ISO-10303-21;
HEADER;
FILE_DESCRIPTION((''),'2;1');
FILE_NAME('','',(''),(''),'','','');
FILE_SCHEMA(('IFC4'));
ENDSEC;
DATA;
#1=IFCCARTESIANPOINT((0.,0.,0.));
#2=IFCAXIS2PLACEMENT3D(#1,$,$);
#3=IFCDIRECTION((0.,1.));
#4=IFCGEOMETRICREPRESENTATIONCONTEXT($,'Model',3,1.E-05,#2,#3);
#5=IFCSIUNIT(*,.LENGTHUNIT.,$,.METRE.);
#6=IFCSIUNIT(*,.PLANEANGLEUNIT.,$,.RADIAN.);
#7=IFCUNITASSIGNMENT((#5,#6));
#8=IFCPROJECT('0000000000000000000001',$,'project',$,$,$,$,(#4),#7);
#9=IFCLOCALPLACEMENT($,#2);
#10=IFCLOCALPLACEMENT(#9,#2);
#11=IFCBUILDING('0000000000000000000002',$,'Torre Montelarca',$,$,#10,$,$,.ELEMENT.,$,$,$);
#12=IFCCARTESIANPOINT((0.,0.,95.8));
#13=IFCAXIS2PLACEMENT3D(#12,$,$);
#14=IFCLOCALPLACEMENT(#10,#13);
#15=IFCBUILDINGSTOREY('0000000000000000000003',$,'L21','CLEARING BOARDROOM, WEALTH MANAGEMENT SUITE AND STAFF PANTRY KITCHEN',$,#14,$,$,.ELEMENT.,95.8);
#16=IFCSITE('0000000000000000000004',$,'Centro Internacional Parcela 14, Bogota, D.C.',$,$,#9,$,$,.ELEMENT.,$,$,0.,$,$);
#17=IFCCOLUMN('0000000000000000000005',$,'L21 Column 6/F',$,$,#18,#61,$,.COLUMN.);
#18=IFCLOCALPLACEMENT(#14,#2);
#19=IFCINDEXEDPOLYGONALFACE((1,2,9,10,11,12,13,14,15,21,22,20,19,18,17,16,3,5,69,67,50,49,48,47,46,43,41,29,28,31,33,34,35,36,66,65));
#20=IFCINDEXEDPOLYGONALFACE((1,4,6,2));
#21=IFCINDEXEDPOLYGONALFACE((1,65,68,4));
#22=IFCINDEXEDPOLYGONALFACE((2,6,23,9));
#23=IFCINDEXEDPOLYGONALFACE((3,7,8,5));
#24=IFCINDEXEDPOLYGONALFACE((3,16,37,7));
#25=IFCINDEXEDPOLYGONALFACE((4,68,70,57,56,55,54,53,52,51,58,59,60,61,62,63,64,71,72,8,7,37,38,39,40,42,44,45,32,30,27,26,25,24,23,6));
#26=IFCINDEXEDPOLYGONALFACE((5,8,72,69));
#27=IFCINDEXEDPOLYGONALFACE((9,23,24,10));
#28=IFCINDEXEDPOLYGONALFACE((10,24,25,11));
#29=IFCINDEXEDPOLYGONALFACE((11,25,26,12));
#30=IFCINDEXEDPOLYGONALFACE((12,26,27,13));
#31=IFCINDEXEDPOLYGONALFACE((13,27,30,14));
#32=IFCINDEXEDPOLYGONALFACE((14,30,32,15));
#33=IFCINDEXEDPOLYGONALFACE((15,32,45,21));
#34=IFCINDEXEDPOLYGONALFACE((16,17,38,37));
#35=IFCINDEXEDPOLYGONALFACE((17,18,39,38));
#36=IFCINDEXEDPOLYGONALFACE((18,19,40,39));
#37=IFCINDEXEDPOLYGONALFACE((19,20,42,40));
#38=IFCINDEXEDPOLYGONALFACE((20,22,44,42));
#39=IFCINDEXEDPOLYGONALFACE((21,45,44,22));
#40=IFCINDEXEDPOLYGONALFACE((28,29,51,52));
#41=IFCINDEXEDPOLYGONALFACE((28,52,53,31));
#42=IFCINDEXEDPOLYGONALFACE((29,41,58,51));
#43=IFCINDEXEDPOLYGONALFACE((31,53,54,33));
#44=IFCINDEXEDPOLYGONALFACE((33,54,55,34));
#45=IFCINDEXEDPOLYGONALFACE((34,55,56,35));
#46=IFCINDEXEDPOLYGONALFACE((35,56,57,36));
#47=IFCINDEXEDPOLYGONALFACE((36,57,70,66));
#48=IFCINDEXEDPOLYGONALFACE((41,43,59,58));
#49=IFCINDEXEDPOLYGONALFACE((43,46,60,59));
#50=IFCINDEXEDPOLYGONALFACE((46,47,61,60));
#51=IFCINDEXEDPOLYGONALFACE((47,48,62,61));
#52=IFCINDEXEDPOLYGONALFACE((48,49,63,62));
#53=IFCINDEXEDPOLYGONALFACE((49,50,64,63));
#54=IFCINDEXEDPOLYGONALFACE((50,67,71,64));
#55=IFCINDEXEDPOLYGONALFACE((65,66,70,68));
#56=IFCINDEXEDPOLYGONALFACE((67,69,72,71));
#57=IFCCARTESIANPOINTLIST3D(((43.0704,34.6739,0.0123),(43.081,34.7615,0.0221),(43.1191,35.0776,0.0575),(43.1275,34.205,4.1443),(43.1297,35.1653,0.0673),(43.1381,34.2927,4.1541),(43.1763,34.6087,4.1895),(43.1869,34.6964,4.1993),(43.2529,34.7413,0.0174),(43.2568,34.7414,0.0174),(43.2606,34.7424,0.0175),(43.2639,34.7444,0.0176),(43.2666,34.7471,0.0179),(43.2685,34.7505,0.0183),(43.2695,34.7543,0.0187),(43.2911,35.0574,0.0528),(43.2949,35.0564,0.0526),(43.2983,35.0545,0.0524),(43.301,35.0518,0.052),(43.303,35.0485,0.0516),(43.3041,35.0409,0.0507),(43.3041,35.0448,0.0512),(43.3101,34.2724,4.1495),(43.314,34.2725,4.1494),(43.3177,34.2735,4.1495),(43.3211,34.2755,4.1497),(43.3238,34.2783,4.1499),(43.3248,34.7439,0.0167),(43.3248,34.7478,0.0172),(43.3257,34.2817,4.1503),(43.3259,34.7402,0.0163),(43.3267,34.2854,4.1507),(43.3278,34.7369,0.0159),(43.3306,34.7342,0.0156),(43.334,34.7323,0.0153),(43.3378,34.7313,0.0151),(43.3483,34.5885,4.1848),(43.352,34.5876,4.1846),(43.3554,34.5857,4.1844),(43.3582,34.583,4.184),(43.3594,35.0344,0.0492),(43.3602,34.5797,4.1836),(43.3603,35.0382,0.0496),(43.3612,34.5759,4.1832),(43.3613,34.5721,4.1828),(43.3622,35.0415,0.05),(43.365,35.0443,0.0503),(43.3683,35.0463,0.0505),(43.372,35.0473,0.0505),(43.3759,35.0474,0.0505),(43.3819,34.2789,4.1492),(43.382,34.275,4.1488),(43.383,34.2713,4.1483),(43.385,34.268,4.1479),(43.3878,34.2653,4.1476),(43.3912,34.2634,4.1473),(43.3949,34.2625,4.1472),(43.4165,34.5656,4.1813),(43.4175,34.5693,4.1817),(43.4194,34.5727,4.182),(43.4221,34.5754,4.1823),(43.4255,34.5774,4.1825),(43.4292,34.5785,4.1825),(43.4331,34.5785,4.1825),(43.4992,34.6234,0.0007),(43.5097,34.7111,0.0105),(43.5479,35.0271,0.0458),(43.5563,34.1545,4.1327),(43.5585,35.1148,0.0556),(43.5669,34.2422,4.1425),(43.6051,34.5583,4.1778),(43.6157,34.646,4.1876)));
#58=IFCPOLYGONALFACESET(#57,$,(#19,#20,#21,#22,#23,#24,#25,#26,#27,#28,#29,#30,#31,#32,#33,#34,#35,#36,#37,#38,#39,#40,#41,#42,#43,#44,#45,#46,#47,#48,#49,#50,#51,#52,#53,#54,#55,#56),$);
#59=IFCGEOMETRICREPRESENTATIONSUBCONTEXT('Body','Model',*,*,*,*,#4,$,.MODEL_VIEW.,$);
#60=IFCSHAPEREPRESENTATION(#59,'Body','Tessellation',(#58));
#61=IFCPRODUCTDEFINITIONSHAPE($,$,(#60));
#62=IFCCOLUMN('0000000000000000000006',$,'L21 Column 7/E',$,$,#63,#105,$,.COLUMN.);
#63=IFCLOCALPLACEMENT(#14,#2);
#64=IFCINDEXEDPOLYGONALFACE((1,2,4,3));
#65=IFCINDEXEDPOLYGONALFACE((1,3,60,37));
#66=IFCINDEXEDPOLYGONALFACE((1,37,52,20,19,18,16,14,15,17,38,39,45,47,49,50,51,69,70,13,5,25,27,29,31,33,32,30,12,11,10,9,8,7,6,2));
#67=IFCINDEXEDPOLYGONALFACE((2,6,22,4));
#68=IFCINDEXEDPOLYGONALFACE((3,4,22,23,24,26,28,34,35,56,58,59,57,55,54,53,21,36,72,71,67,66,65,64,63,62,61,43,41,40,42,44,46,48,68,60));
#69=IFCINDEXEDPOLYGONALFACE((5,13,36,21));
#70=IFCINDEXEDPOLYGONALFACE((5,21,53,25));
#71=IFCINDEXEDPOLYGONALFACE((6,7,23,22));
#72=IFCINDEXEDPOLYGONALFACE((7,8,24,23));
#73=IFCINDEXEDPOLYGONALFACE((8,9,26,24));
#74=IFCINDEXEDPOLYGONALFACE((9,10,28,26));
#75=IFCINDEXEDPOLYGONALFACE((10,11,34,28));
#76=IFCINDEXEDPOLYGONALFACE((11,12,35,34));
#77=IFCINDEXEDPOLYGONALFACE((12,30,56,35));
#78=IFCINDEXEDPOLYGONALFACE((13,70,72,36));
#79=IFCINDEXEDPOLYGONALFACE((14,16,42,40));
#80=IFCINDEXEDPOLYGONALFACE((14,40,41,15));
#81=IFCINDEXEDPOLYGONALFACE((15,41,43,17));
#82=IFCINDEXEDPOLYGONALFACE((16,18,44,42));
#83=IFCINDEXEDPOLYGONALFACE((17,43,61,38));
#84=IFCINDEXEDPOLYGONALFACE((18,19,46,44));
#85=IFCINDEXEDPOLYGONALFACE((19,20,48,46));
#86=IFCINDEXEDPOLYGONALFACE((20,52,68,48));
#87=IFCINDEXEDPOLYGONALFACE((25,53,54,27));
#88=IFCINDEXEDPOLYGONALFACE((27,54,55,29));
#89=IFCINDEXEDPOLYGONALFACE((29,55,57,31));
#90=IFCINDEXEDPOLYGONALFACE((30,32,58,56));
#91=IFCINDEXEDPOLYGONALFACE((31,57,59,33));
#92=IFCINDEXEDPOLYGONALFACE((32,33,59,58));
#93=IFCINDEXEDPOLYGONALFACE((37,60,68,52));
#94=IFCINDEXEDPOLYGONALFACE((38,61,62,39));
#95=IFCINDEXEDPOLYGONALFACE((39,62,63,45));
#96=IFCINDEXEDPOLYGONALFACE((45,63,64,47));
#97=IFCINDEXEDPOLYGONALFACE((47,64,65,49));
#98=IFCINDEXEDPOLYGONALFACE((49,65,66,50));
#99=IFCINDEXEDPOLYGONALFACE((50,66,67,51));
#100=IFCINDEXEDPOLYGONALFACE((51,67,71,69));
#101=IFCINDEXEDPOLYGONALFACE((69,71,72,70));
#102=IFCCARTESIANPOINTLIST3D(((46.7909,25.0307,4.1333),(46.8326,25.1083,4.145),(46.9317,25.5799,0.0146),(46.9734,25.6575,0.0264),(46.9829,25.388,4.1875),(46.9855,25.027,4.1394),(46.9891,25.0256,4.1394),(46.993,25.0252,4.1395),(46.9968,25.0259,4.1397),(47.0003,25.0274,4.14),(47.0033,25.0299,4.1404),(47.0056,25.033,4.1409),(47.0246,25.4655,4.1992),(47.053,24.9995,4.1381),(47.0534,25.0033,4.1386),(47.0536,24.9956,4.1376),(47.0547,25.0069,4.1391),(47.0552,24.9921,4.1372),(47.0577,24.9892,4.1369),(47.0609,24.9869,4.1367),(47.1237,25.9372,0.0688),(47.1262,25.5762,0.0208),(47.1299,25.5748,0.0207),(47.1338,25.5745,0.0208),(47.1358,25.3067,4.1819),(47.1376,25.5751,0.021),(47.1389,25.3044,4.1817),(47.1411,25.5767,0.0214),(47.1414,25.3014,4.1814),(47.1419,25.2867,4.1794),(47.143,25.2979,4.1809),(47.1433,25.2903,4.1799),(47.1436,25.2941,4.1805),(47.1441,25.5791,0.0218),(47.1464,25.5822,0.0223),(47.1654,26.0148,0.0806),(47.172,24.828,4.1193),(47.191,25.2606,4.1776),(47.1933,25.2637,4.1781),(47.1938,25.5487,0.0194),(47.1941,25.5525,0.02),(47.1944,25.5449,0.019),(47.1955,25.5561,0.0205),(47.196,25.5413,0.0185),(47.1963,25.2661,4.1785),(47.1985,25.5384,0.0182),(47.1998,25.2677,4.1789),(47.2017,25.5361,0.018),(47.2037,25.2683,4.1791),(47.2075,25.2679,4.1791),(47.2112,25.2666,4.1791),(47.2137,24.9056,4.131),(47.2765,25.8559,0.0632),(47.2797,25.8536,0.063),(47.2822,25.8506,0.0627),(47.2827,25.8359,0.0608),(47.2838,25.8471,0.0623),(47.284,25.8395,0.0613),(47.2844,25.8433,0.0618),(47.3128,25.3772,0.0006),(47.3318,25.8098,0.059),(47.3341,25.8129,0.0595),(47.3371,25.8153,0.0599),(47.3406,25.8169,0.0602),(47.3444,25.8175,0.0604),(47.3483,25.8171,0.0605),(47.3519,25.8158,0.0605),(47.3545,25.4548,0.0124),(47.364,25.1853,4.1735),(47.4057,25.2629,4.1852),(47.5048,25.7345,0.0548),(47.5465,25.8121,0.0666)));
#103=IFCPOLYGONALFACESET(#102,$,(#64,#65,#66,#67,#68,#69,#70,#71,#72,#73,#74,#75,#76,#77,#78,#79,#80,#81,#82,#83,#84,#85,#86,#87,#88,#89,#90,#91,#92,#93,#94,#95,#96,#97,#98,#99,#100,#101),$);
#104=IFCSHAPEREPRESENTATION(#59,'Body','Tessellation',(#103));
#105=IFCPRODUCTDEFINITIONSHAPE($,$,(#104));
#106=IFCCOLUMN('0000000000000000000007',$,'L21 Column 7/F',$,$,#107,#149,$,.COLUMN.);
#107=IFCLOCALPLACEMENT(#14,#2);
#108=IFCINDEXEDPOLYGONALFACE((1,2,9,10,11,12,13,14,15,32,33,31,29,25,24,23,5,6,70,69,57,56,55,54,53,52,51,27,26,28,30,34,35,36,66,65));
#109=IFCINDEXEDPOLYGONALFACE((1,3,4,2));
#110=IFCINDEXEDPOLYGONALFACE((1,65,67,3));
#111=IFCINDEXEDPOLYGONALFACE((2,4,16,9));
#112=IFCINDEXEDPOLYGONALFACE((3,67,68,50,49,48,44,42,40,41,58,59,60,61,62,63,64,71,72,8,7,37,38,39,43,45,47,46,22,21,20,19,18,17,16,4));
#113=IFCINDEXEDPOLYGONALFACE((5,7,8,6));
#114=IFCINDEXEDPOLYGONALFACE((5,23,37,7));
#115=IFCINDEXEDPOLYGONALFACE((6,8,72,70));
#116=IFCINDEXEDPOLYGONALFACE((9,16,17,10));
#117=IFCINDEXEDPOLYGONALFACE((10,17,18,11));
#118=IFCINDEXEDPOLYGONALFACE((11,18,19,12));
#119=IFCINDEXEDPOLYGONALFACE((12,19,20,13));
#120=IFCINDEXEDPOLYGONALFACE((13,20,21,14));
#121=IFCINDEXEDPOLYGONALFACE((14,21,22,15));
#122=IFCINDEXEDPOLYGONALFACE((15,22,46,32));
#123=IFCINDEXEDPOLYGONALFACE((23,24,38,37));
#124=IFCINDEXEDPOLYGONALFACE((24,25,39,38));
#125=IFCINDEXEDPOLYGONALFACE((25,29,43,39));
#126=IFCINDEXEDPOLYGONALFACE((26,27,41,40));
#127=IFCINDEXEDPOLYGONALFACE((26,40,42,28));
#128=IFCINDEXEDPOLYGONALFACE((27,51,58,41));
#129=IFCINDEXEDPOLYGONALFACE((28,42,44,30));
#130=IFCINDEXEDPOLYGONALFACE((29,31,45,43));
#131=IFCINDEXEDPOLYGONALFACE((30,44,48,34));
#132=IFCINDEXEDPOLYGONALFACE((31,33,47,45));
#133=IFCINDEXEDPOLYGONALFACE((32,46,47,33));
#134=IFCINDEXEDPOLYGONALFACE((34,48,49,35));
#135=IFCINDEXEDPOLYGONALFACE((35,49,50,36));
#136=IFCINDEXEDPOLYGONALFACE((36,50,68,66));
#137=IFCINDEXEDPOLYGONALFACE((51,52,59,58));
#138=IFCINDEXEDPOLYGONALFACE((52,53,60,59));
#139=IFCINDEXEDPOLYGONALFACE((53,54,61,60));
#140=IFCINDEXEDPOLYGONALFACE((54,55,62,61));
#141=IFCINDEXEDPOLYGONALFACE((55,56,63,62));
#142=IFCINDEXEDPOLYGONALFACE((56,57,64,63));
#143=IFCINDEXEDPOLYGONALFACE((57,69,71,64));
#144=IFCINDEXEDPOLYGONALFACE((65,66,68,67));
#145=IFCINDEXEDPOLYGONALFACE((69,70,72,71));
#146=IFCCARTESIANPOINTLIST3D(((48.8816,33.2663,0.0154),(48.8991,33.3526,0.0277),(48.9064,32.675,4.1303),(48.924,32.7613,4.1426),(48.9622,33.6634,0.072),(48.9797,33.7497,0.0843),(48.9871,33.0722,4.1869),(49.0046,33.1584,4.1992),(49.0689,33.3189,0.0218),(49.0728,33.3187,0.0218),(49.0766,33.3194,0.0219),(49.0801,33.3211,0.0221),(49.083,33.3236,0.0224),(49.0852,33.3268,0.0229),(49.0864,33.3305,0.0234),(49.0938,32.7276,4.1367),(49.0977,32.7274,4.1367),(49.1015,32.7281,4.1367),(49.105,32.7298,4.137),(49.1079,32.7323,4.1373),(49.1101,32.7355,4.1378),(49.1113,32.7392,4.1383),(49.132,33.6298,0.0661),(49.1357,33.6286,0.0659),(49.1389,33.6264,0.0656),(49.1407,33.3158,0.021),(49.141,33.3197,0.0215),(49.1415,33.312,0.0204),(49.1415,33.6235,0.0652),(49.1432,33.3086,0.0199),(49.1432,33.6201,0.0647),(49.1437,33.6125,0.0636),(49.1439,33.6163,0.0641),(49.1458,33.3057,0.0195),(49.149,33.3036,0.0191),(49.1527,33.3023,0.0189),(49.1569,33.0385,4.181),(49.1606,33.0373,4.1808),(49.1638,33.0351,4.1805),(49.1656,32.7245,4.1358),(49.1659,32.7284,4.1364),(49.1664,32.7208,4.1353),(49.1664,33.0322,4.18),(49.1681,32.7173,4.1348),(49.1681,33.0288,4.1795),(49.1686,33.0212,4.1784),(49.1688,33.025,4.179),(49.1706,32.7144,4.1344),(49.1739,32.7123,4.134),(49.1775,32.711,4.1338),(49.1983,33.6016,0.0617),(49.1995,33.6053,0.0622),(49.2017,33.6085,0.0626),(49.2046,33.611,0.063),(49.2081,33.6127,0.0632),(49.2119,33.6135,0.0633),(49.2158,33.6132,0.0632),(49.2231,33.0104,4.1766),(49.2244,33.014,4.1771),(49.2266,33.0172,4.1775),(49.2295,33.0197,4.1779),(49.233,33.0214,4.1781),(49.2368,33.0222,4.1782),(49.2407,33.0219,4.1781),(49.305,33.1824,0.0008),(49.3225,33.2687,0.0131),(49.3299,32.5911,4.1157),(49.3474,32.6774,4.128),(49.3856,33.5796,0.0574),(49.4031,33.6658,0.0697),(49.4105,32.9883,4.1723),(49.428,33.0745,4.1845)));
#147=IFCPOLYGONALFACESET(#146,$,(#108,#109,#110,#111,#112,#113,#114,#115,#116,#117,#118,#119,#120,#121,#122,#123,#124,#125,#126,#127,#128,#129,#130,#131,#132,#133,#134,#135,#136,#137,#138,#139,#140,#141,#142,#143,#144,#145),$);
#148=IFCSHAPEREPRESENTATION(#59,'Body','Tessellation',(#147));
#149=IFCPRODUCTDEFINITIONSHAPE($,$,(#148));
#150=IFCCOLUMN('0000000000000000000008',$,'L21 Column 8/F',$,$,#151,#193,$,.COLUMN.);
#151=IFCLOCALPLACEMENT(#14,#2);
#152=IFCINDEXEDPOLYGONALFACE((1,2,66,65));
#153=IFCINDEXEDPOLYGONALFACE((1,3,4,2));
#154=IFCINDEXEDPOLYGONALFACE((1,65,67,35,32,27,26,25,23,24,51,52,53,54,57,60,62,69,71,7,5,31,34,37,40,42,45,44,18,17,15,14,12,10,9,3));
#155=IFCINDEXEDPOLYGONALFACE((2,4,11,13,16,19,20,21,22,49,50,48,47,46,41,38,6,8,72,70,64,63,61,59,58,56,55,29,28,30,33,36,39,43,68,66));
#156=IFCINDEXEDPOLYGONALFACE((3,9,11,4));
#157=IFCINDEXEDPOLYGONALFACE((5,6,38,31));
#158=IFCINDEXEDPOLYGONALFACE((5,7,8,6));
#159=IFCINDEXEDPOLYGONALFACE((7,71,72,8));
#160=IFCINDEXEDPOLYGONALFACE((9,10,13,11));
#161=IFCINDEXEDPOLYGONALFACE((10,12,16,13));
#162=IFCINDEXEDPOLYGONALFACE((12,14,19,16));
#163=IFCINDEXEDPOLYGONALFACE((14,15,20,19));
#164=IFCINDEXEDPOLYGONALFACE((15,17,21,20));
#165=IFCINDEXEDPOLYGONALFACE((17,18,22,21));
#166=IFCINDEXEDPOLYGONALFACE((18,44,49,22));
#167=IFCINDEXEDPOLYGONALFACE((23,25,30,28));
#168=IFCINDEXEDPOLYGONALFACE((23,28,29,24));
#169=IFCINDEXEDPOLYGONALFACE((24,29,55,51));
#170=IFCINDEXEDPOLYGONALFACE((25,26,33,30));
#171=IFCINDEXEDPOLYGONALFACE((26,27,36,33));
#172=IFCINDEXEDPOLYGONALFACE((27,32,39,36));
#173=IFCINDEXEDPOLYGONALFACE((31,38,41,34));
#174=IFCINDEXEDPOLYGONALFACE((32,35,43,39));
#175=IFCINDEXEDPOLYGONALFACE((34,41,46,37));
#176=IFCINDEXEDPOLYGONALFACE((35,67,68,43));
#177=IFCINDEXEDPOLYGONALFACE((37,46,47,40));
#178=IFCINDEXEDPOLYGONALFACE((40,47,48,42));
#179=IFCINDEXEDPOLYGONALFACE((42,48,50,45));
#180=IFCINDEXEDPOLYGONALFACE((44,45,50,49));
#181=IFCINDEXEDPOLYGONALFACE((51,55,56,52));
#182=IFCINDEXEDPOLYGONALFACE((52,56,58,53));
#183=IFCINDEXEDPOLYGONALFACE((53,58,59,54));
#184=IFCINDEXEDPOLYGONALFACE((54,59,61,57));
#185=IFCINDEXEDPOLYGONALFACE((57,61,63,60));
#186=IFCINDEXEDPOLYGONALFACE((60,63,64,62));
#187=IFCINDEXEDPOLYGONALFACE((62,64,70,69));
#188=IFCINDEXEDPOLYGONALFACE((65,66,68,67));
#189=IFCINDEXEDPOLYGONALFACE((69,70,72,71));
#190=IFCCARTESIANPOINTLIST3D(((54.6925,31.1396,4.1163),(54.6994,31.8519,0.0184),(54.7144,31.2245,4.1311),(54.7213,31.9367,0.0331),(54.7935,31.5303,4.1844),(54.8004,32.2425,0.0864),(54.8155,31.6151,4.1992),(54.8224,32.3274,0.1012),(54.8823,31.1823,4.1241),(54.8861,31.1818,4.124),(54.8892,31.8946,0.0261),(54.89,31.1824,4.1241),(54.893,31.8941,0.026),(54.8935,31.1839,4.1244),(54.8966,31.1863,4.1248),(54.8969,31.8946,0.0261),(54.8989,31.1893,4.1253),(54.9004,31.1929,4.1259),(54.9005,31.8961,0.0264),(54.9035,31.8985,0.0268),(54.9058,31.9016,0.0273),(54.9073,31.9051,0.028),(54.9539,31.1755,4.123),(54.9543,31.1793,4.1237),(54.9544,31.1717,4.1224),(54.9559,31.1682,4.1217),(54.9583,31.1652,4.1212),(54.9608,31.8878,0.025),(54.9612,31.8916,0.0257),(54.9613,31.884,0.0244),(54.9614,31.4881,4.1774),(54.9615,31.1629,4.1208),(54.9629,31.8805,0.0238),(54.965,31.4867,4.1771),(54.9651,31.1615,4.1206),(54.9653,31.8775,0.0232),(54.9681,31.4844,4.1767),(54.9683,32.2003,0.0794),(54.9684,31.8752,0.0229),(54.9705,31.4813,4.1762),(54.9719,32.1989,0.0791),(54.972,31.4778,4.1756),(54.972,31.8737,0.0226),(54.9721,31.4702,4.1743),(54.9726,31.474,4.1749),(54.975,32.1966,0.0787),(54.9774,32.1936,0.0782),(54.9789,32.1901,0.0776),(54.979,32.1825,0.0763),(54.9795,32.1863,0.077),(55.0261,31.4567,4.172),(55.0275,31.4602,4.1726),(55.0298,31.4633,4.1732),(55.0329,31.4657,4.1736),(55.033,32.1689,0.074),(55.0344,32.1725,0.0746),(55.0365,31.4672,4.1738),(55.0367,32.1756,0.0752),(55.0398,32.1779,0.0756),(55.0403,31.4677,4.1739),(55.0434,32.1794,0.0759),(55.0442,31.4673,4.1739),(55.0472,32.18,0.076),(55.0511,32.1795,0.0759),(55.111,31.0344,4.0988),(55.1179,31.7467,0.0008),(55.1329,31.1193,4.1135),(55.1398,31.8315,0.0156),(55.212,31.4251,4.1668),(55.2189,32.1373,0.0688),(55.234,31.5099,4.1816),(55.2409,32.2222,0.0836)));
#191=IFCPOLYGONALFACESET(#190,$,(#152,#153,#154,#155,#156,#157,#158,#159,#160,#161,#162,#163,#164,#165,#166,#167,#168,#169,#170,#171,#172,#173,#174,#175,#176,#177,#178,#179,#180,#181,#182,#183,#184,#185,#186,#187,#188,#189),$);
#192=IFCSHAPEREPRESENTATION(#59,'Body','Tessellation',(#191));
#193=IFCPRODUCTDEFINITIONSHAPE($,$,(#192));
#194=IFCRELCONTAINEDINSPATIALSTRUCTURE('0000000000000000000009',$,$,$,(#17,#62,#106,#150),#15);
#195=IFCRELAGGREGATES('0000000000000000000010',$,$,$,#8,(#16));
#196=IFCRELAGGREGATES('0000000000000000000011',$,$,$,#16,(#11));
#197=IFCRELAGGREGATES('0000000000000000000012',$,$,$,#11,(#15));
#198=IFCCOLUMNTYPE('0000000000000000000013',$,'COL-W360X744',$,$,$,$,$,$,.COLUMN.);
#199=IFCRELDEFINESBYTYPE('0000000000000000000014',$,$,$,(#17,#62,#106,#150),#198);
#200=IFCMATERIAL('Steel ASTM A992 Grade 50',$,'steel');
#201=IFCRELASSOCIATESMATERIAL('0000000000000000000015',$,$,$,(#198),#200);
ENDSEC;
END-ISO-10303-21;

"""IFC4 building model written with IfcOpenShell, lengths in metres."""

from ifc_helpers import new_model, si_unit, direction, frame, origin, origin_2d, place, context, subcontext, project, spatial, i_section, extrude, clip, halfspace, material, material_profile, profile_set, type_object, element, save


model = new_model("IFC4")

# Units and contexts
model_context = context("Model", 3, precision=1e-05, world=origin(), true_north=direction((0.0, 1.0)))
body_context = subcontext(model_context, "Body", "Model", "MODEL_VIEW")
ifc_project = project(units=[si_unit("LENGTHUNIT", "METRE"), si_unit("PLANEANGLEUNIT", "RADIAN")], contexts=[model_context])

# Site, building, storey
site_placement = place(None, origin())
site = spatial("IfcSite", under=ifc_project, at=site_placement, Name="Centro Internacional Parcela 14, Bogota, D.C.", CompositionType="ELEMENT", RefElevation=0.0)
building_placement = place(site_placement, origin())
building = spatial("IfcBuilding", under=site, at=building_placement, Name="Torre Montelarca", CompositionType="ELEMENT")
storey_placement = place(building_placement, frame((0.0, 0.0, 95.8)))
storey = spatial("IfcBuildingStorey", under=building, at=storey_placement, Name="L21", Description="CLEARING BOARDROOM, WEALTH MANAGEMENT SUITE AND STAFF PANTRY KITCHEN", CompositionType="ELEMENT", Elevation=95.8)

# Columns
ifc_material_1 = material(Name="Steel ASTM A992 Grade 50", Category="steel")
ifc_material_profile_1 = material_profile(ifc_material_1, i_section(OverallWidth=0.4319, OverallDepth=0.498, WebThickness=0.0557, FlangeThickness=0.0889, FilletRadius=0.0149, at=origin_2d()), Name="W360X744", Category="steel")
ifc_profile_set_1 = profile_set([ifc_material_profile_1], Name="Steel ASTM A992 Grade 50")
column_type_1 = type_object("IfcColumnType", Name="COL-W360X744", PredefinedType="COLUMN", material=ifc_profile_set_1)
column_1_placement = place(storey_placement, frame((43.314, 34.8982, 0.0), z_axis=(0.013745, -0.112734, 0.99353), x_axis=(-0.992783, 0.116851, 0.026994)))
element("IfcColumn", 1, at=column_1_placement, inside=storey, type_object=column_type_1, Name="L21 Column 6/F", PredefinedType="COLUMN", context=body_context, shape_type="Clipping", body=[
    clip(clip(extrude(i_section(OverallWidth=0.4319, OverallDepth=0.498, WebThickness=0.0557, FlangeThickness=0.0889, FilletRadius=0.0149, at=origin_2d()), origin(), (0.0, 0.0, 1.0), 4.2273), halfspace(frame((0.0, 0.0, 0.0342), z_axis=(0.0, 0.0, -1.0), x_axis=(1.0, 0.0, 0.0)), False)), halfspace(frame((0.0, 0.0, 4.1931), z_axis=(0.0, 0.0, 1.0), x_axis=(1.0, 0.0, 0.0)), False)),
])
column_2_placement = place(storey_placement, frame((47.2405, 25.7014, 0.0), z_axis=(-0.033861, -0.132103, 0.990657), x_axis=(-0.88246, 0.46927, 0.032414)))
element("IfcColumn", 2, at=column_2_placement, inside=storey, type_object=column_type_1, Name="L21 Column 7/E", PredefinedType="COLUMN", context=body_context, shape_type="Clipping", body=[
    clip(clip(extrude(i_section(OverallWidth=0.4319, OverallDepth=0.498, WebThickness=0.0557, FlangeThickness=0.0889, FilletRadius=0.0149, at=origin_2d()), origin(), (0.0, 0.0, 1.0), 4.2395), halfspace(frame((0.0, 0.0, 0.041), z_axis=(0.0, 0.0, -1.0), x_axis=(1.0, 0.0, 0.0)), False)), halfspace(frame((0.0, 0.0, 4.1985), z_axis=(0.0, 0.0, 1.0), x_axis=(1.0, 0.0, 0.0)), False)),
])
column_3_placement = place(storey_placement, frame((49.1421, 33.4722, 0.0), z_axis=(0.005984, -0.142232, 0.989815), x_axis=(-0.980373, 0.194228, 0.033837)))
element("IfcColumn", 3, at=column_3_placement, inside=storey, type_object=column_type_1, Name="L21 Column 7/F", PredefinedType="COLUMN", context=body_context, shape_type="Clipping", body=[
    clip(clip(extrude(i_section(OverallWidth=0.4319, OverallDepth=0.498, WebThickness=0.0557, FlangeThickness=0.0889, FilletRadius=0.0149, at=origin_2d()), origin(), (0.0, 0.0, 1.0), 4.2432), halfspace(frame((0.0, 0.0, 0.043), z_axis=(0.0, 0.0, -1.0), x_axis=(1.0, 0.0, 0.0)), False)), halfspace(frame((0.0, 0.0, 4.2002), z_axis=(0.0, 0.0, 1.0), x_axis=(1.0, 0.0, 0.0)), False)),
])
column_4_placement = place(storey_placement, frame((54.9702, 32.0459, 0.0), z_axis=(-0.001661, -0.171239, 0.985228), x_axis=(-0.969025, 0.243584, 0.040703)))
element("IfcColumn", 4, at=column_4_placement, inside=storey, type_object=column_type_1, Name="L21 Column 8/F", PredefinedType="COLUMN", context=body_context, shape_type="Clipping", body=[
    clip(clip(extrude(i_section(OverallWidth=0.4319, OverallDepth=0.498, WebThickness=0.0557, FlangeThickness=0.0889, FilletRadius=0.0149, at=origin_2d()), origin(), (0.0, 0.0, 1.0), 4.2629), halfspace(frame((0.0, 0.0, 0.0518), z_axis=(0.0, 0.0, -1.0), x_axis=(1.0, 0.0, 0.0)), False)), halfspace(frame((0.0, 0.0, 4.2112), z_axis=(0.0, 0.0, 1.0), x_axis=(1.0, 0.0, 0.0)), False)),
])

save(model, "model.ifc")
